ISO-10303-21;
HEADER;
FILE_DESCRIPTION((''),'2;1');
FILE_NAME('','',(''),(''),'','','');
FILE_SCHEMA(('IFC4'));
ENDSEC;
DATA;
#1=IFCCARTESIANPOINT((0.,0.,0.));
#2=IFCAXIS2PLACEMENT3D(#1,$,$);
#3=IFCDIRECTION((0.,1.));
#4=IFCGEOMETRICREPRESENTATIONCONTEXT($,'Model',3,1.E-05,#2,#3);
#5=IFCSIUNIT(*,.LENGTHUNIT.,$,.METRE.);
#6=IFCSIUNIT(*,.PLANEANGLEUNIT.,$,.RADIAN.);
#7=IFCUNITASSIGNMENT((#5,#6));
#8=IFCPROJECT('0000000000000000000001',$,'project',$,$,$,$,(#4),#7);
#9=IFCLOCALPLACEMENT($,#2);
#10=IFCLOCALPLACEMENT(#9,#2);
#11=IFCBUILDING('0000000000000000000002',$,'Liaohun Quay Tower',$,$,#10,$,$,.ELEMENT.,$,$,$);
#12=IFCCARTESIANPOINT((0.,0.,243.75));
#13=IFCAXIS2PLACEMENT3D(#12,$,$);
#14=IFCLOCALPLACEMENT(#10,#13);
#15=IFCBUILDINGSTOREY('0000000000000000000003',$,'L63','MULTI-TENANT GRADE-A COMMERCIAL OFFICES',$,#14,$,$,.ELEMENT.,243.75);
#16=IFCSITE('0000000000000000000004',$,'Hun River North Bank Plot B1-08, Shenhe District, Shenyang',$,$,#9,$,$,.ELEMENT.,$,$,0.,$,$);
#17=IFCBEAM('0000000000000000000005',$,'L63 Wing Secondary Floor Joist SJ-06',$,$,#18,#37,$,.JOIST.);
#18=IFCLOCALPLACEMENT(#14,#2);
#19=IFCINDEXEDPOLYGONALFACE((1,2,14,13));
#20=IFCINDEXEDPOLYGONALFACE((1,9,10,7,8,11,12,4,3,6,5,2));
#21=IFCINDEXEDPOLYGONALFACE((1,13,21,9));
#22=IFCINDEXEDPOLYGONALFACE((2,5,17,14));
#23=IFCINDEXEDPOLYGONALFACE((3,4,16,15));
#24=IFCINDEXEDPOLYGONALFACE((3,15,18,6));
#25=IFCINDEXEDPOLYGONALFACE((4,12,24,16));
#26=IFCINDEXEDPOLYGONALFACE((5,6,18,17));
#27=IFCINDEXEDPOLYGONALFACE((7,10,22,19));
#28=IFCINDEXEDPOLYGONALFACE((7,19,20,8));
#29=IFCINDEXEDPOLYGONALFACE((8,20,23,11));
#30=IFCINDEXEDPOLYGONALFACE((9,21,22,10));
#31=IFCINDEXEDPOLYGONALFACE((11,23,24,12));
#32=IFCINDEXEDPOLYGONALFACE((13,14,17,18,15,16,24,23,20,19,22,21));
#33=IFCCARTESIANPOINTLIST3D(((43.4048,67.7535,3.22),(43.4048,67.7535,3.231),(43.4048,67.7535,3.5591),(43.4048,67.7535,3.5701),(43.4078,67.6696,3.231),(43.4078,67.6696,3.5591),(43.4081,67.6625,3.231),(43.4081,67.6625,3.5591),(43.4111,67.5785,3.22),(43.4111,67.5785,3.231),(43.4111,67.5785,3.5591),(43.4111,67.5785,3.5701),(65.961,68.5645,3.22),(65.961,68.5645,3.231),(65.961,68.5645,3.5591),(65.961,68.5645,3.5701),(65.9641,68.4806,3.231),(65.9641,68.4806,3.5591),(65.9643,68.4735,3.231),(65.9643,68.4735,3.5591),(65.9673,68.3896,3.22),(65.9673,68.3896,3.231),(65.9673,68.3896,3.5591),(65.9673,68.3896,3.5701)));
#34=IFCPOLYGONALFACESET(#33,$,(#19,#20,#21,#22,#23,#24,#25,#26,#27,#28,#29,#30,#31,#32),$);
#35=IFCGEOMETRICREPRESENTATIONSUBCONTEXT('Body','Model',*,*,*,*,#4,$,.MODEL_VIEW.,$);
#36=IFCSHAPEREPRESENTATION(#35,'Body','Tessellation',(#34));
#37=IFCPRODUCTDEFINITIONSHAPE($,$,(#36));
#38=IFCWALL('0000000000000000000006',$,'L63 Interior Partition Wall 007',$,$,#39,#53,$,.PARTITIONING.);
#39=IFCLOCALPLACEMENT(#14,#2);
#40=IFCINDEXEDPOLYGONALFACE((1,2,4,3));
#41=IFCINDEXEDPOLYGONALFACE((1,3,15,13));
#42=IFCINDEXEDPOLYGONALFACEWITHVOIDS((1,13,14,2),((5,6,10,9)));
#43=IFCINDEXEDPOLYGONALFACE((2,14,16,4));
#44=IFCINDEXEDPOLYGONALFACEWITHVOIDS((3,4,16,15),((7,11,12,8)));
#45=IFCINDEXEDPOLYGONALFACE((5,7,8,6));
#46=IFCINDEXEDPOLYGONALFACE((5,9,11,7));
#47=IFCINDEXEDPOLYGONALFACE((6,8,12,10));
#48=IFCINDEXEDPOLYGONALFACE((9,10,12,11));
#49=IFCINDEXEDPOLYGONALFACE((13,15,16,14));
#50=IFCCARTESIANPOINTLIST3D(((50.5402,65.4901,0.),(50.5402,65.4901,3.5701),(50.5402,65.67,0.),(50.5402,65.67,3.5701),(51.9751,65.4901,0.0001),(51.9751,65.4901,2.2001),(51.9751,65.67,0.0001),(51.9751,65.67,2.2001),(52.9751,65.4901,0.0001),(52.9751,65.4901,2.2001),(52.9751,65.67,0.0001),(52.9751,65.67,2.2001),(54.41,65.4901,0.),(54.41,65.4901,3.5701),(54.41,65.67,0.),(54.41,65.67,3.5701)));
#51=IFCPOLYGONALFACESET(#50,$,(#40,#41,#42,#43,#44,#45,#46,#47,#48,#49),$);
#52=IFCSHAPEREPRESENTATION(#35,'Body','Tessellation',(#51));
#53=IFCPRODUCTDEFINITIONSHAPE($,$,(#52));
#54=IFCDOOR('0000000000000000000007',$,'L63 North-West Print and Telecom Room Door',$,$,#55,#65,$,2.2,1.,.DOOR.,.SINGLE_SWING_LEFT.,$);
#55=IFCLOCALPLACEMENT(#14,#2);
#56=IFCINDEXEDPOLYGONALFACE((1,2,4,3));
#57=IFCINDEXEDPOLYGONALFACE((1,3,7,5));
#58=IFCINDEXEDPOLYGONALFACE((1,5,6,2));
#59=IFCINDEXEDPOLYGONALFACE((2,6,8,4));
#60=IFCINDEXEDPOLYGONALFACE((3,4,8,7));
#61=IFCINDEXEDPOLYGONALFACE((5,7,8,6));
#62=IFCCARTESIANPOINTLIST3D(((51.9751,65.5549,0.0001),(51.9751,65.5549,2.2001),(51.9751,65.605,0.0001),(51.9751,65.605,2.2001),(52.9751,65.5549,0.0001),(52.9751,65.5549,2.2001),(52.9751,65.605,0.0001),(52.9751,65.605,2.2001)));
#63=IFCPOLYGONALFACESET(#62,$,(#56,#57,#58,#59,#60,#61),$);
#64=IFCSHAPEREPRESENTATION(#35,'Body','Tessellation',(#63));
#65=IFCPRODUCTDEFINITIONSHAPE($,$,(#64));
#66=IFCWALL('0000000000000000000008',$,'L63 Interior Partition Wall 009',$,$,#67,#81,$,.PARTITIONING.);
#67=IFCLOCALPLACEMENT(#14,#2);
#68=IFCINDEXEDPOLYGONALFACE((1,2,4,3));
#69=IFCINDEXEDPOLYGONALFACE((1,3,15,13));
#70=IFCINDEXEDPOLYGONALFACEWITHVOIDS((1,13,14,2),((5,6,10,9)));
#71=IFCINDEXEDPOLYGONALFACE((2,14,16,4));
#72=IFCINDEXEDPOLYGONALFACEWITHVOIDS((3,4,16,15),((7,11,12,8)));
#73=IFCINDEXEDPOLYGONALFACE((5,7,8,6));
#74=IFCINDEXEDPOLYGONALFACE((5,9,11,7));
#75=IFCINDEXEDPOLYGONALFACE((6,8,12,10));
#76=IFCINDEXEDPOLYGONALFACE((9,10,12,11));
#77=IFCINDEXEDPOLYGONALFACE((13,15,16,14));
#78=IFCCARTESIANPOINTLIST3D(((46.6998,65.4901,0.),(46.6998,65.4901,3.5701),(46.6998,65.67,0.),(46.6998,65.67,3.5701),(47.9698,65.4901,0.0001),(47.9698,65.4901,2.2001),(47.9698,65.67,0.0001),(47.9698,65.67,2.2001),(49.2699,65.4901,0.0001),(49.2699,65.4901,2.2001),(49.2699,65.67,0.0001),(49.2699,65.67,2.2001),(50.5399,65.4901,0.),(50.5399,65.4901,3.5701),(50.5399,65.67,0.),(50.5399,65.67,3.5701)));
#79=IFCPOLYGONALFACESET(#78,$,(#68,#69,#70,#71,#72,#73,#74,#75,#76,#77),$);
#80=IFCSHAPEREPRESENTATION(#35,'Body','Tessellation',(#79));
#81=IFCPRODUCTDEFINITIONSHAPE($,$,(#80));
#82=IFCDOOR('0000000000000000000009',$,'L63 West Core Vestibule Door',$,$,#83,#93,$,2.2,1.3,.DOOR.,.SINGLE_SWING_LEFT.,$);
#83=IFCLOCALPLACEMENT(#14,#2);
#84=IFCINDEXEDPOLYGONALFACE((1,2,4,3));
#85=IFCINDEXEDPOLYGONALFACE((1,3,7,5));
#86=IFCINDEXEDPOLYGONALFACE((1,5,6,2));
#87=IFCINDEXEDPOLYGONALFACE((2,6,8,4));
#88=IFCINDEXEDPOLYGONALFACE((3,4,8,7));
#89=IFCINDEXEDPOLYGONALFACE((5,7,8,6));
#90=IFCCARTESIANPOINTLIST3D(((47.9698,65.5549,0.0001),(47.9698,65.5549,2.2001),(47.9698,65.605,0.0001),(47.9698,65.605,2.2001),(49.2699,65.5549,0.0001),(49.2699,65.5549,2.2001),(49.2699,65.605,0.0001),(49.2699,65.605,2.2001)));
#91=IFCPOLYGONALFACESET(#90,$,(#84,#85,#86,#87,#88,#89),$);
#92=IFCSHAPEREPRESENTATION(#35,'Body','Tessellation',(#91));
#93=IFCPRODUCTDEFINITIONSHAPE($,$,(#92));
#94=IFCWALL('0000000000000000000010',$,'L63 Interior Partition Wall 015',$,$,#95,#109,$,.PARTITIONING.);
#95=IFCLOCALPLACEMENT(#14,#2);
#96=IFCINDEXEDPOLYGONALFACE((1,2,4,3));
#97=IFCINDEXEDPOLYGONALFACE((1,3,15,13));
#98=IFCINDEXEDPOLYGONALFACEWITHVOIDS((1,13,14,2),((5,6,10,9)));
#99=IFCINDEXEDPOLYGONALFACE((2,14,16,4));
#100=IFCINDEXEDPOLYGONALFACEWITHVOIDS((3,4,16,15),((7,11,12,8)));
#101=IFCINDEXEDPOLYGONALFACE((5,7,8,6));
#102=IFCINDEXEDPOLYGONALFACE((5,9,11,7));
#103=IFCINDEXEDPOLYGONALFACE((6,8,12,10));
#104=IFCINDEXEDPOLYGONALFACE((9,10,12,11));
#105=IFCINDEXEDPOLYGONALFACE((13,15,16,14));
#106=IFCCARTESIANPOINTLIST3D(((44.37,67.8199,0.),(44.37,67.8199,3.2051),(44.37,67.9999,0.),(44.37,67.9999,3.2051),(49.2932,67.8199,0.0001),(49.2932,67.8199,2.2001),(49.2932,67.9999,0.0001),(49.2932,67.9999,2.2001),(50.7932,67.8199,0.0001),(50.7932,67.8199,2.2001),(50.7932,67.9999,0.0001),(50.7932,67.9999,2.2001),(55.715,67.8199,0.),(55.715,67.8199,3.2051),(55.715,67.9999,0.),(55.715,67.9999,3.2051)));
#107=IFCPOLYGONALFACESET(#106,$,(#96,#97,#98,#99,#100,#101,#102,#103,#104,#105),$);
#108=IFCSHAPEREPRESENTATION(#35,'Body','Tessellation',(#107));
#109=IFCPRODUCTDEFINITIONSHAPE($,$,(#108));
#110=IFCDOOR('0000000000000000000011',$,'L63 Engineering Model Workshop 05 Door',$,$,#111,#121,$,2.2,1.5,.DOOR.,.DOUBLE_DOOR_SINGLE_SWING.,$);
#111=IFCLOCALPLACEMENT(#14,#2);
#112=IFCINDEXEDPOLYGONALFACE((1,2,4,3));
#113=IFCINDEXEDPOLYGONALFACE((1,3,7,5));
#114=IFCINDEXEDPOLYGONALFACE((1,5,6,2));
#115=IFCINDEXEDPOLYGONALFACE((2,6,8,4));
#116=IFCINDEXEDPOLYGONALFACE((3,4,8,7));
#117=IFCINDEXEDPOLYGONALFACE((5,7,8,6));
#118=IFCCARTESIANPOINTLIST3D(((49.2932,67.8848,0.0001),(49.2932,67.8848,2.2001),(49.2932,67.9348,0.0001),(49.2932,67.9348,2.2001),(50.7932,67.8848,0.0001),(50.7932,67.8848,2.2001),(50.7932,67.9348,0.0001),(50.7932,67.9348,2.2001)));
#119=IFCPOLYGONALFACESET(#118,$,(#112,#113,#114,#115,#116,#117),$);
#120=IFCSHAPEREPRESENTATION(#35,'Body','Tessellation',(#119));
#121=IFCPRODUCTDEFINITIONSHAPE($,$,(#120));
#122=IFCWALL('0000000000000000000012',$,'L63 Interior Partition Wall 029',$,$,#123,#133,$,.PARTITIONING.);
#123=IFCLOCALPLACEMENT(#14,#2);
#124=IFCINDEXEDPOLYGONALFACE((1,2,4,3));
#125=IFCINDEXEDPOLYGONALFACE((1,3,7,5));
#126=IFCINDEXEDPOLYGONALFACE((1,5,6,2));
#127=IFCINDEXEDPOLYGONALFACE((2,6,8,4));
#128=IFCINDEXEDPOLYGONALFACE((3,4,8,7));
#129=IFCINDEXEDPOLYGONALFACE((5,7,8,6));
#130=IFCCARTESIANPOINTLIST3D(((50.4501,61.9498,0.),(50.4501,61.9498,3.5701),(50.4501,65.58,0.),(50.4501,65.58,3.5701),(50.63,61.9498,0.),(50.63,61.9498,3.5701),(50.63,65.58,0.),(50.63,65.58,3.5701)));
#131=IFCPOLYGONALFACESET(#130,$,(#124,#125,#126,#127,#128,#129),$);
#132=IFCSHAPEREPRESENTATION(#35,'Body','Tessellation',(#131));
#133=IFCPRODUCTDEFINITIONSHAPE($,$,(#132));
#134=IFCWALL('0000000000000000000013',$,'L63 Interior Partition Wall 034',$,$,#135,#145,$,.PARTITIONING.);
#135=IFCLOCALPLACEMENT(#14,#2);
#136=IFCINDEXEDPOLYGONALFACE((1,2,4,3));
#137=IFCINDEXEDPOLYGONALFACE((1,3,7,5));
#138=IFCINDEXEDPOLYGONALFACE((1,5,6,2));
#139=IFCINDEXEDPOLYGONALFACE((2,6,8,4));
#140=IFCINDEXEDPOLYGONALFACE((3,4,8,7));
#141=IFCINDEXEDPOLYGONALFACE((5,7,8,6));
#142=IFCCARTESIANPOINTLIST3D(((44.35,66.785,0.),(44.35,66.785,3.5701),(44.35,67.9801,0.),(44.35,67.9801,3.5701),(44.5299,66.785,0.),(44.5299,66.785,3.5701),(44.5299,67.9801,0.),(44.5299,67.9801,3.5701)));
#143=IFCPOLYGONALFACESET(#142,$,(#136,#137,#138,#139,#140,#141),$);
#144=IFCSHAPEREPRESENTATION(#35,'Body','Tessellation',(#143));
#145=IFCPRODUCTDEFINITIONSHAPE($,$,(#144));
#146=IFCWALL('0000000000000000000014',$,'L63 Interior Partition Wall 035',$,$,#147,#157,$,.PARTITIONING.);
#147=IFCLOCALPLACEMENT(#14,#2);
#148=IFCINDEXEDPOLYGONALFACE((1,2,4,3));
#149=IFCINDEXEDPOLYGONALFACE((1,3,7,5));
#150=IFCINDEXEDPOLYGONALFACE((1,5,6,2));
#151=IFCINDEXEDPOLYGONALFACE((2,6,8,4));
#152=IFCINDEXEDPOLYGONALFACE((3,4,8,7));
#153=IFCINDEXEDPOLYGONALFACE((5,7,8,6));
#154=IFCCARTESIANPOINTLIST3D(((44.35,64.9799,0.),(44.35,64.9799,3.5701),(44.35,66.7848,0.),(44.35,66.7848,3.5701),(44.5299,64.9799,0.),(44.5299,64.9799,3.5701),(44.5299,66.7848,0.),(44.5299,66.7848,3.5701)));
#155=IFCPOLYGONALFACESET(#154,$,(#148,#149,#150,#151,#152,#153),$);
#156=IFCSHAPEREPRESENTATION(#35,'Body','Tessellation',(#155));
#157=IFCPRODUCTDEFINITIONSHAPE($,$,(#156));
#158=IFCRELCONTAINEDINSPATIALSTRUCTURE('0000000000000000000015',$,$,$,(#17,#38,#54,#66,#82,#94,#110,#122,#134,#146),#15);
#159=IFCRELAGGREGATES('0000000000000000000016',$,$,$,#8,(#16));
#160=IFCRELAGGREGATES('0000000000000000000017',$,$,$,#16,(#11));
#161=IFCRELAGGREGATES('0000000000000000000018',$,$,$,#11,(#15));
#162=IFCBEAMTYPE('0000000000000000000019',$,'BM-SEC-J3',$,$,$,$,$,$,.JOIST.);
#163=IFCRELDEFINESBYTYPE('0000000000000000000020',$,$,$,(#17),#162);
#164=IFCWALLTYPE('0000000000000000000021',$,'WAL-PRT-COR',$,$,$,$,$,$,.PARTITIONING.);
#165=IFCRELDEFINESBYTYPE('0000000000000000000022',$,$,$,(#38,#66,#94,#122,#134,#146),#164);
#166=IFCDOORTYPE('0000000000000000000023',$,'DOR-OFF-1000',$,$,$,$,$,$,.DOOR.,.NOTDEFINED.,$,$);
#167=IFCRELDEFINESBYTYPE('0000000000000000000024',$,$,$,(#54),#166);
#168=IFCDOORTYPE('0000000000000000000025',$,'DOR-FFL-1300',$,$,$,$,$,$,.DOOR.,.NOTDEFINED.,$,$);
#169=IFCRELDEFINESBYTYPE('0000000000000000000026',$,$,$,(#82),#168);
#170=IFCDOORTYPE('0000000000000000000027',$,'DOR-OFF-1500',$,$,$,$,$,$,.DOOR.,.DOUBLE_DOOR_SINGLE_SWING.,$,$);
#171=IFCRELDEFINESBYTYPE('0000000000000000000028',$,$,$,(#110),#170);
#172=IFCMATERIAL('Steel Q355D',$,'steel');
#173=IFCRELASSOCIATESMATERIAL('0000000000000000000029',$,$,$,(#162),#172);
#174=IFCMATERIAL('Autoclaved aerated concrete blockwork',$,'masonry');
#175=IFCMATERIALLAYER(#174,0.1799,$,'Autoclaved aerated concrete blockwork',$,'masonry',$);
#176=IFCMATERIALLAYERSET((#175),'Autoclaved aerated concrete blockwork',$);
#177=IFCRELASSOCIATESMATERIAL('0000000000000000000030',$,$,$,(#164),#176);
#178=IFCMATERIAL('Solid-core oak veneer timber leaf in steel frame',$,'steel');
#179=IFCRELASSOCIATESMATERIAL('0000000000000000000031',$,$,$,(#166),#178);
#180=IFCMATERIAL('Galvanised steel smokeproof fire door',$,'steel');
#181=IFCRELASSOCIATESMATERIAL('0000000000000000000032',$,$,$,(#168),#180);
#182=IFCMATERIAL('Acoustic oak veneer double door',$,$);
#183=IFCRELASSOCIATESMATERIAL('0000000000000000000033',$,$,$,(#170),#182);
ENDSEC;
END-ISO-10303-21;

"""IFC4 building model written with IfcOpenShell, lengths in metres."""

from ifc_helpers import new_model, si_unit, direction, frame, frame_2d, origin, origin_2d, place, context, subcontext, project, spatial, rectangle, i_section, extrude, source, transform, mapped, material, layer, layer_set, material_profile, profile_set, type_object, element, fill, save


model = new_model("IFC4")

# Units and contexts
model_context = context("Model", 3, precision=1e-05, world=origin(), true_north=direction((0.0, 1.0)))
body_context = subcontext(model_context, "Body", "Model", "MODEL_VIEW")
ifc_project = project(units=[si_unit("LENGTHUNIT", "METRE"), si_unit("PLANEANGLEUNIT", "RADIAN")], contexts=[model_context])

# Site, building, storey
site_placement = place(None, origin())
site = spatial("IfcSite", under=ifc_project, at=site_placement, Name="Hun River North Bank Plot B1-08, Shenhe District, Shenyang", CompositionType="ELEMENT", RefElevation=0.0)
building_placement = place(site_placement, origin())
building = spatial("IfcBuilding", under=site, at=building_placement, Name="Liaohun Quay Tower", CompositionType="ELEMENT")
storey_placement = place(building_placement, frame((0.0, 0.0, 243.75)))
storey = spatial("IfcBuildingStorey", under=building, at=storey_placement, Name="L63", Description="MULTI-TENANT GRADE-A COMMERCIAL OFFICES", CompositionType="ELEMENT", Elevation=243.75)

# Beam
ifc_material_1 = material(Name="Steel Q355D", Category="steel")
ifc_material_profile = material_profile(ifc_material_1, i_section(OverallWidth=0.175, OverallDepth=0.3501, WebThickness=0.0071, FlangeThickness=0.011, at=origin_2d()), Name="HN350x175x7x11")
ifc_profile_set = profile_set([ifc_material_profile], Name="Steel Q355D")
beam_type = type_object("IfcBeamType", Name="BM-SEC-J3", PredefinedType="JOIST", material=ifc_profile_set)
shared_shape_1 = source(origin(), body_context, "Body", "SweptSolid", [
    extrude(i_section(OverallWidth=0.175, OverallDepth=0.3501, WebThickness=0.0071, FlangeThickness=0.011, at=origin_2d()), origin(), (0.0, 0.0, 1.0), 22.5708),
])
beam_placement = place(storey_placement, frame((43.408, 67.666, 3.395), z_axis=(0.999354, 0.035933, 0.0), x_axis=(-0.035933, 0.999354, 0.0)))
element("IfcBeam", 1, at=beam_placement, inside=storey, type_object=beam_type, Name="L63 Wing Secondary Floor Joist SJ-06", PredefinedType="JOIST", context=body_context, shape_type="MappedRepresentation", body=[
    mapped(shared_shape_1, transform((0.0, 0.0, 0.0), x_axis=(1.0, 0.0, 0.0), y_axis=(0.0, 1.0, 0.0), z_axis=(0.0, 0.0, 1.0), scale=1.0)),
])

# Walls, openings, doors
ifc_material_2 = material(Name="Autoclaved aerated concrete blockwork", Category="masonry")
ifc_layer_1 = layer(ifc_material_2, 0.1799, Name="Autoclaved aerated concrete blockwork", Category="masonry")
ifc_layer_set_1 = layer_set([ifc_layer_1], Name="Autoclaved aerated concrete blockwork")
wall_type_1 = type_object("IfcWallType", Name="WAL-PRT-COR", PredefinedType="PARTITIONING", material=ifc_layer_set_1)
wall_1_placement = place(storey_placement, frame((50.54, 65.5801, 0.0), z_axis=(0.0, 0.0, 1.0), x_axis=(1.0, 0.0, 0.0)))
wall_1 = element("IfcWall", 2, at=wall_1_placement, inside=storey, type_object=wall_type_1, Name="L63 Interior Partition Wall 007", PredefinedType="PARTITIONING", context=body_context, shape_type="SweptSolid", body=[
    extrude(rectangle(XDim=3.8699, YDim=0.1799, at=frame_2d((1.9351, 0.0))), origin(), (0.0, 0.0, 1.0), 3.5701),
])
shared_shape_2 = source(origin(), body_context, "Body", "SweptSolid", [
    extrude(rectangle(XDim=1.0, YDim=2.2, at=frame_2d((0.5, 1.1001))), frame((0.0, 0.0999, 0.0), z_axis=(0.0, -1.0, 0.0), x_axis=(1.0, 0.0, 0.0)), (0.0, 0.0, 1.0), 0.2),
])
opening_1_placement = place(wall_1_placement, frame((1.4351, 0.0, 0.0)))
opening_1 = element("IfcOpeningElement", 3, at=opening_1_placement, cuts=wall_1, PredefinedType="OPENING", context=body_context, shape_type="MappedRepresentation", body=[
    mapped(shared_shape_2, transform((0.0, 0.0, 0.0), x_axis=(1.0, 0.0, 0.0), y_axis=(0.0, 1.0, 0.0), z_axis=(0.0, 0.0, 1.0), scale=1.0)),
])
ifc_material_3 = material(Name="Solid-core oak veneer timber leaf in steel frame", Category="steel")
door_type_1 = type_object("IfcDoorType", Name="DOR-OFF-1000", OperationType="NOTDEFINED", PredefinedType="DOOR", material=ifc_material_3)
shared_shape_3 = source(origin(), body_context, "Body", "SweptSolid", [
    extrude(rectangle(XDim=1.0, YDim=2.2, at=frame_2d((0.5, 1.1001))), frame((0.0, 0.0249, 0.0), z_axis=(0.0, -1.0, 0.0), x_axis=(1.0, 0.0, 0.0)), (0.0, 0.0, 1.0), 0.05),
])
door_1_placement = place(opening_1_placement, origin())
door_1 = element("IfcDoor", 4, at=door_1_placement, inside=storey, type_object=door_type_1, Name="L63 North-West Print and Telecom Room Door", OperationType="SINGLE_SWING_LEFT", OverallHeight=2.2, OverallWidth=1.0, PredefinedType="DOOR", context=body_context, shape_type="MappedRepresentation", body=[
    mapped(shared_shape_3, transform((0.0, 0.0, 0.0), x_axis=(1.0, 0.0, 0.0), y_axis=(0.0, 1.0, 0.0), z_axis=(0.0, 0.0, 1.0), scale=1.0)),
])
fill(opening_1, door_1)
wall_2_placement = place(storey_placement, frame((46.7, 65.5801, 0.0), z_axis=(0.0, 0.0, 1.0), x_axis=(1.0, 0.0, 0.0)))
wall_2 = element("IfcWall", 5, at=wall_2_placement, inside=storey, type_object=wall_type_1, Name="L63 Interior Partition Wall 009", PredefinedType="PARTITIONING", context=body_context, shape_type="SweptSolid", body=[
    extrude(rectangle(XDim=3.8401, YDim=0.1799, at=frame_2d((1.9199, 0.0))), origin(), (0.0, 0.0, 1.0), 3.5701),
])
shared_shape_4 = source(origin(), body_context, "Body", "SweptSolid", [
    extrude(rectangle(XDim=1.3, YDim=2.2, at=frame_2d((0.6499, 1.1001))), frame((0.0, 0.0999, 0.0), z_axis=(0.0, -1.0, 0.0), x_axis=(1.0, 0.0, 0.0)), (0.0, 0.0, 1.0), 0.2),
])
opening_2_placement = place(wall_2_placement, frame((1.27, 0.0, 0.0)))
opening_2 = element("IfcOpeningElement", 6, at=opening_2_placement, cuts=wall_2, PredefinedType="OPENING", context=body_context, shape_type="MappedRepresentation", body=[
    mapped(shared_shape_4, transform((0.0, 0.0, 0.0), x_axis=(1.0, 0.0, 0.0), y_axis=(0.0, 1.0, 0.0), z_axis=(0.0, 0.0, 1.0), scale=1.0)),
])
ifc_material_4 = material(Name="Galvanised steel smokeproof fire door", Category="steel")
door_type_2 = type_object("IfcDoorType", Name="DOR-FFL-1300", OperationType="NOTDEFINED", PredefinedType="DOOR", material=ifc_material_4)
shared_shape_5 = source(origin(), body_context, "Body", "SweptSolid", [
    extrude(rectangle(XDim=1.3, YDim=2.2, at=frame_2d((0.6499, 1.1001))), frame((0.0, 0.0249, 0.0), z_axis=(0.0, -1.0, 0.0), x_axis=(1.0, 0.0, 0.0)), (0.0, 0.0, 1.0), 0.05),
])
door_2_placement = place(opening_2_placement, origin())
door_2 = element("IfcDoor", 7, at=door_2_placement, inside=storey, type_object=door_type_2, Name="L63 West Core Vestibule Door", OperationType="SINGLE_SWING_LEFT", OverallHeight=2.2, OverallWidth=1.3, PredefinedType="DOOR", context=body_context, shape_type="MappedRepresentation", body=[
    mapped(shared_shape_5, transform((0.0, 0.0, 0.0), x_axis=(1.0, 0.0, 0.0), y_axis=(0.0, 1.0, 0.0), z_axis=(0.0, 0.0, 1.0), scale=1.0)),
])
fill(opening_2, door_2)
wall_3_placement = place(storey_placement, frame((44.3701, 67.9099, 0.0), z_axis=(0.0, 0.0, 1.0), x_axis=(1.0, 0.0, 0.0)))
wall_3 = element("IfcWall", 8, at=wall_3_placement, inside=storey, type_object=wall_type_1, Name="L63 Interior Partition Wall 015", PredefinedType="PARTITIONING", context=body_context, shape_type="SweptSolid", body=[
    extrude(rectangle(XDim=11.345, YDim=0.1799, at=frame_2d((5.6724, 0.0))), origin(), (0.0, 0.0, 1.0), 3.2051),
])
shared_shape_6 = source(origin(), body_context, "Body", "SweptSolid", [
    extrude(rectangle(XDim=1.5, YDim=2.2, at=frame_2d((0.75, 1.1001))), frame((0.0, 0.0999, 0.0), z_axis=(0.0, -1.0, 0.0), x_axis=(1.0, 0.0, 0.0)), (0.0, 0.0, 1.0), 0.2),
])
opening_3_placement = place(wall_3_placement, frame((4.9231, 0.0, 0.0)))
opening_3 = element("IfcOpeningElement", 9, at=opening_3_placement, cuts=wall_3, PredefinedType="OPENING", context=body_context, shape_type="MappedRepresentation", body=[
    mapped(shared_shape_6, transform((0.0, 0.0, 0.0), x_axis=(1.0, 0.0, 0.0), y_axis=(0.0, 1.0, 0.0), z_axis=(0.0, 0.0, 1.0), scale=1.0)),
])
ifc_material_5 = material(Name="Acoustic oak veneer double door")
door_type_3 = type_object("IfcDoorType", Name="DOR-OFF-1500", OperationType="DOUBLE_DOOR_SINGLE_SWING", PredefinedType="DOOR", material=ifc_material_5)
shared_shape_7 = source(origin(), body_context, "Body", "SweptSolid", [
    extrude(rectangle(XDim=1.5, YDim=2.2, at=frame_2d((0.75, 1.1001))), frame((0.0, 0.0249, 0.0), z_axis=(0.0, -1.0, 0.0), x_axis=(1.0, 0.0, 0.0)), (0.0, 0.0, 1.0), 0.05),
])
door_3_placement = place(opening_3_placement, origin())
door_3 = element("IfcDoor", 10, at=door_3_placement, inside=storey, type_object=door_type_3, Name="L63 Engineering Model Workshop 05 Door", OperationType="DOUBLE_DOOR_SINGLE_SWING", OverallHeight=2.2, OverallWidth=1.5, PredefinedType="DOOR", context=body_context, shape_type="MappedRepresentation", body=[
    mapped(shared_shape_7, transform((0.0, 0.0, 0.0), x_axis=(1.0, 0.0, 0.0), y_axis=(0.0, 1.0, 0.0), z_axis=(0.0, 0.0, 1.0), scale=1.0)),
])
fill(opening_3, door_3)

# Walls
wall_4_placement = place(storey_placement, frame((50.54, 61.95, 0.0), z_axis=(0.0, 0.0, 1.0), x_axis=(0.0, 1.0, 0.0)))
element("IfcWall", 11, at=wall_4_placement, inside=storey, type_object=wall_type_1, Name="L63 Interior Partition Wall 029", PredefinedType="PARTITIONING", context=body_context, shape_type="SweptSolid", body=[
    extrude(rectangle(XDim=3.6301, YDim=0.1799, at=frame_2d((1.8149, 0.0))), origin(), (0.0, 0.0, 1.0), 3.5701),
])
wall_5_placement = place(storey_placement, frame((44.4399, 66.7849, 0.0), z_axis=(0.0, 0.0, 1.0), x_axis=(0.0, 1.0, 0.0)))
element("IfcWall", 12, at=wall_5_placement, inside=storey, type_object=wall_type_1, Name="L63 Interior Partition Wall 034", PredefinedType="PARTITIONING", context=body_context, shape_type="SweptSolid", body=[
    extrude(rectangle(XDim=1.1951, YDim=0.1799, at=frame_2d((0.5977, 0.0))), origin(), (0.0, 0.0, 1.0), 3.5701),
])
wall_6_placement = place(storey_placement, frame((44.4399, 64.98, 0.0), z_axis=(0.0, 0.0, 1.0), x_axis=(0.0, 1.0, 0.0)))
element("IfcWall", 13, at=wall_6_placement, inside=storey, type_object=wall_type_1, Name="L63 Interior Partition Wall 035", PredefinedType="PARTITIONING", context=body_context, shape_type="SweptSolid", body=[
    extrude(rectangle(XDim=1.8049, YDim=0.1799, at=frame_2d((0.9023, 0.0))), origin(), (0.0, 0.0, 1.0), 3.5701),
])

save(model, "model.ifc")
